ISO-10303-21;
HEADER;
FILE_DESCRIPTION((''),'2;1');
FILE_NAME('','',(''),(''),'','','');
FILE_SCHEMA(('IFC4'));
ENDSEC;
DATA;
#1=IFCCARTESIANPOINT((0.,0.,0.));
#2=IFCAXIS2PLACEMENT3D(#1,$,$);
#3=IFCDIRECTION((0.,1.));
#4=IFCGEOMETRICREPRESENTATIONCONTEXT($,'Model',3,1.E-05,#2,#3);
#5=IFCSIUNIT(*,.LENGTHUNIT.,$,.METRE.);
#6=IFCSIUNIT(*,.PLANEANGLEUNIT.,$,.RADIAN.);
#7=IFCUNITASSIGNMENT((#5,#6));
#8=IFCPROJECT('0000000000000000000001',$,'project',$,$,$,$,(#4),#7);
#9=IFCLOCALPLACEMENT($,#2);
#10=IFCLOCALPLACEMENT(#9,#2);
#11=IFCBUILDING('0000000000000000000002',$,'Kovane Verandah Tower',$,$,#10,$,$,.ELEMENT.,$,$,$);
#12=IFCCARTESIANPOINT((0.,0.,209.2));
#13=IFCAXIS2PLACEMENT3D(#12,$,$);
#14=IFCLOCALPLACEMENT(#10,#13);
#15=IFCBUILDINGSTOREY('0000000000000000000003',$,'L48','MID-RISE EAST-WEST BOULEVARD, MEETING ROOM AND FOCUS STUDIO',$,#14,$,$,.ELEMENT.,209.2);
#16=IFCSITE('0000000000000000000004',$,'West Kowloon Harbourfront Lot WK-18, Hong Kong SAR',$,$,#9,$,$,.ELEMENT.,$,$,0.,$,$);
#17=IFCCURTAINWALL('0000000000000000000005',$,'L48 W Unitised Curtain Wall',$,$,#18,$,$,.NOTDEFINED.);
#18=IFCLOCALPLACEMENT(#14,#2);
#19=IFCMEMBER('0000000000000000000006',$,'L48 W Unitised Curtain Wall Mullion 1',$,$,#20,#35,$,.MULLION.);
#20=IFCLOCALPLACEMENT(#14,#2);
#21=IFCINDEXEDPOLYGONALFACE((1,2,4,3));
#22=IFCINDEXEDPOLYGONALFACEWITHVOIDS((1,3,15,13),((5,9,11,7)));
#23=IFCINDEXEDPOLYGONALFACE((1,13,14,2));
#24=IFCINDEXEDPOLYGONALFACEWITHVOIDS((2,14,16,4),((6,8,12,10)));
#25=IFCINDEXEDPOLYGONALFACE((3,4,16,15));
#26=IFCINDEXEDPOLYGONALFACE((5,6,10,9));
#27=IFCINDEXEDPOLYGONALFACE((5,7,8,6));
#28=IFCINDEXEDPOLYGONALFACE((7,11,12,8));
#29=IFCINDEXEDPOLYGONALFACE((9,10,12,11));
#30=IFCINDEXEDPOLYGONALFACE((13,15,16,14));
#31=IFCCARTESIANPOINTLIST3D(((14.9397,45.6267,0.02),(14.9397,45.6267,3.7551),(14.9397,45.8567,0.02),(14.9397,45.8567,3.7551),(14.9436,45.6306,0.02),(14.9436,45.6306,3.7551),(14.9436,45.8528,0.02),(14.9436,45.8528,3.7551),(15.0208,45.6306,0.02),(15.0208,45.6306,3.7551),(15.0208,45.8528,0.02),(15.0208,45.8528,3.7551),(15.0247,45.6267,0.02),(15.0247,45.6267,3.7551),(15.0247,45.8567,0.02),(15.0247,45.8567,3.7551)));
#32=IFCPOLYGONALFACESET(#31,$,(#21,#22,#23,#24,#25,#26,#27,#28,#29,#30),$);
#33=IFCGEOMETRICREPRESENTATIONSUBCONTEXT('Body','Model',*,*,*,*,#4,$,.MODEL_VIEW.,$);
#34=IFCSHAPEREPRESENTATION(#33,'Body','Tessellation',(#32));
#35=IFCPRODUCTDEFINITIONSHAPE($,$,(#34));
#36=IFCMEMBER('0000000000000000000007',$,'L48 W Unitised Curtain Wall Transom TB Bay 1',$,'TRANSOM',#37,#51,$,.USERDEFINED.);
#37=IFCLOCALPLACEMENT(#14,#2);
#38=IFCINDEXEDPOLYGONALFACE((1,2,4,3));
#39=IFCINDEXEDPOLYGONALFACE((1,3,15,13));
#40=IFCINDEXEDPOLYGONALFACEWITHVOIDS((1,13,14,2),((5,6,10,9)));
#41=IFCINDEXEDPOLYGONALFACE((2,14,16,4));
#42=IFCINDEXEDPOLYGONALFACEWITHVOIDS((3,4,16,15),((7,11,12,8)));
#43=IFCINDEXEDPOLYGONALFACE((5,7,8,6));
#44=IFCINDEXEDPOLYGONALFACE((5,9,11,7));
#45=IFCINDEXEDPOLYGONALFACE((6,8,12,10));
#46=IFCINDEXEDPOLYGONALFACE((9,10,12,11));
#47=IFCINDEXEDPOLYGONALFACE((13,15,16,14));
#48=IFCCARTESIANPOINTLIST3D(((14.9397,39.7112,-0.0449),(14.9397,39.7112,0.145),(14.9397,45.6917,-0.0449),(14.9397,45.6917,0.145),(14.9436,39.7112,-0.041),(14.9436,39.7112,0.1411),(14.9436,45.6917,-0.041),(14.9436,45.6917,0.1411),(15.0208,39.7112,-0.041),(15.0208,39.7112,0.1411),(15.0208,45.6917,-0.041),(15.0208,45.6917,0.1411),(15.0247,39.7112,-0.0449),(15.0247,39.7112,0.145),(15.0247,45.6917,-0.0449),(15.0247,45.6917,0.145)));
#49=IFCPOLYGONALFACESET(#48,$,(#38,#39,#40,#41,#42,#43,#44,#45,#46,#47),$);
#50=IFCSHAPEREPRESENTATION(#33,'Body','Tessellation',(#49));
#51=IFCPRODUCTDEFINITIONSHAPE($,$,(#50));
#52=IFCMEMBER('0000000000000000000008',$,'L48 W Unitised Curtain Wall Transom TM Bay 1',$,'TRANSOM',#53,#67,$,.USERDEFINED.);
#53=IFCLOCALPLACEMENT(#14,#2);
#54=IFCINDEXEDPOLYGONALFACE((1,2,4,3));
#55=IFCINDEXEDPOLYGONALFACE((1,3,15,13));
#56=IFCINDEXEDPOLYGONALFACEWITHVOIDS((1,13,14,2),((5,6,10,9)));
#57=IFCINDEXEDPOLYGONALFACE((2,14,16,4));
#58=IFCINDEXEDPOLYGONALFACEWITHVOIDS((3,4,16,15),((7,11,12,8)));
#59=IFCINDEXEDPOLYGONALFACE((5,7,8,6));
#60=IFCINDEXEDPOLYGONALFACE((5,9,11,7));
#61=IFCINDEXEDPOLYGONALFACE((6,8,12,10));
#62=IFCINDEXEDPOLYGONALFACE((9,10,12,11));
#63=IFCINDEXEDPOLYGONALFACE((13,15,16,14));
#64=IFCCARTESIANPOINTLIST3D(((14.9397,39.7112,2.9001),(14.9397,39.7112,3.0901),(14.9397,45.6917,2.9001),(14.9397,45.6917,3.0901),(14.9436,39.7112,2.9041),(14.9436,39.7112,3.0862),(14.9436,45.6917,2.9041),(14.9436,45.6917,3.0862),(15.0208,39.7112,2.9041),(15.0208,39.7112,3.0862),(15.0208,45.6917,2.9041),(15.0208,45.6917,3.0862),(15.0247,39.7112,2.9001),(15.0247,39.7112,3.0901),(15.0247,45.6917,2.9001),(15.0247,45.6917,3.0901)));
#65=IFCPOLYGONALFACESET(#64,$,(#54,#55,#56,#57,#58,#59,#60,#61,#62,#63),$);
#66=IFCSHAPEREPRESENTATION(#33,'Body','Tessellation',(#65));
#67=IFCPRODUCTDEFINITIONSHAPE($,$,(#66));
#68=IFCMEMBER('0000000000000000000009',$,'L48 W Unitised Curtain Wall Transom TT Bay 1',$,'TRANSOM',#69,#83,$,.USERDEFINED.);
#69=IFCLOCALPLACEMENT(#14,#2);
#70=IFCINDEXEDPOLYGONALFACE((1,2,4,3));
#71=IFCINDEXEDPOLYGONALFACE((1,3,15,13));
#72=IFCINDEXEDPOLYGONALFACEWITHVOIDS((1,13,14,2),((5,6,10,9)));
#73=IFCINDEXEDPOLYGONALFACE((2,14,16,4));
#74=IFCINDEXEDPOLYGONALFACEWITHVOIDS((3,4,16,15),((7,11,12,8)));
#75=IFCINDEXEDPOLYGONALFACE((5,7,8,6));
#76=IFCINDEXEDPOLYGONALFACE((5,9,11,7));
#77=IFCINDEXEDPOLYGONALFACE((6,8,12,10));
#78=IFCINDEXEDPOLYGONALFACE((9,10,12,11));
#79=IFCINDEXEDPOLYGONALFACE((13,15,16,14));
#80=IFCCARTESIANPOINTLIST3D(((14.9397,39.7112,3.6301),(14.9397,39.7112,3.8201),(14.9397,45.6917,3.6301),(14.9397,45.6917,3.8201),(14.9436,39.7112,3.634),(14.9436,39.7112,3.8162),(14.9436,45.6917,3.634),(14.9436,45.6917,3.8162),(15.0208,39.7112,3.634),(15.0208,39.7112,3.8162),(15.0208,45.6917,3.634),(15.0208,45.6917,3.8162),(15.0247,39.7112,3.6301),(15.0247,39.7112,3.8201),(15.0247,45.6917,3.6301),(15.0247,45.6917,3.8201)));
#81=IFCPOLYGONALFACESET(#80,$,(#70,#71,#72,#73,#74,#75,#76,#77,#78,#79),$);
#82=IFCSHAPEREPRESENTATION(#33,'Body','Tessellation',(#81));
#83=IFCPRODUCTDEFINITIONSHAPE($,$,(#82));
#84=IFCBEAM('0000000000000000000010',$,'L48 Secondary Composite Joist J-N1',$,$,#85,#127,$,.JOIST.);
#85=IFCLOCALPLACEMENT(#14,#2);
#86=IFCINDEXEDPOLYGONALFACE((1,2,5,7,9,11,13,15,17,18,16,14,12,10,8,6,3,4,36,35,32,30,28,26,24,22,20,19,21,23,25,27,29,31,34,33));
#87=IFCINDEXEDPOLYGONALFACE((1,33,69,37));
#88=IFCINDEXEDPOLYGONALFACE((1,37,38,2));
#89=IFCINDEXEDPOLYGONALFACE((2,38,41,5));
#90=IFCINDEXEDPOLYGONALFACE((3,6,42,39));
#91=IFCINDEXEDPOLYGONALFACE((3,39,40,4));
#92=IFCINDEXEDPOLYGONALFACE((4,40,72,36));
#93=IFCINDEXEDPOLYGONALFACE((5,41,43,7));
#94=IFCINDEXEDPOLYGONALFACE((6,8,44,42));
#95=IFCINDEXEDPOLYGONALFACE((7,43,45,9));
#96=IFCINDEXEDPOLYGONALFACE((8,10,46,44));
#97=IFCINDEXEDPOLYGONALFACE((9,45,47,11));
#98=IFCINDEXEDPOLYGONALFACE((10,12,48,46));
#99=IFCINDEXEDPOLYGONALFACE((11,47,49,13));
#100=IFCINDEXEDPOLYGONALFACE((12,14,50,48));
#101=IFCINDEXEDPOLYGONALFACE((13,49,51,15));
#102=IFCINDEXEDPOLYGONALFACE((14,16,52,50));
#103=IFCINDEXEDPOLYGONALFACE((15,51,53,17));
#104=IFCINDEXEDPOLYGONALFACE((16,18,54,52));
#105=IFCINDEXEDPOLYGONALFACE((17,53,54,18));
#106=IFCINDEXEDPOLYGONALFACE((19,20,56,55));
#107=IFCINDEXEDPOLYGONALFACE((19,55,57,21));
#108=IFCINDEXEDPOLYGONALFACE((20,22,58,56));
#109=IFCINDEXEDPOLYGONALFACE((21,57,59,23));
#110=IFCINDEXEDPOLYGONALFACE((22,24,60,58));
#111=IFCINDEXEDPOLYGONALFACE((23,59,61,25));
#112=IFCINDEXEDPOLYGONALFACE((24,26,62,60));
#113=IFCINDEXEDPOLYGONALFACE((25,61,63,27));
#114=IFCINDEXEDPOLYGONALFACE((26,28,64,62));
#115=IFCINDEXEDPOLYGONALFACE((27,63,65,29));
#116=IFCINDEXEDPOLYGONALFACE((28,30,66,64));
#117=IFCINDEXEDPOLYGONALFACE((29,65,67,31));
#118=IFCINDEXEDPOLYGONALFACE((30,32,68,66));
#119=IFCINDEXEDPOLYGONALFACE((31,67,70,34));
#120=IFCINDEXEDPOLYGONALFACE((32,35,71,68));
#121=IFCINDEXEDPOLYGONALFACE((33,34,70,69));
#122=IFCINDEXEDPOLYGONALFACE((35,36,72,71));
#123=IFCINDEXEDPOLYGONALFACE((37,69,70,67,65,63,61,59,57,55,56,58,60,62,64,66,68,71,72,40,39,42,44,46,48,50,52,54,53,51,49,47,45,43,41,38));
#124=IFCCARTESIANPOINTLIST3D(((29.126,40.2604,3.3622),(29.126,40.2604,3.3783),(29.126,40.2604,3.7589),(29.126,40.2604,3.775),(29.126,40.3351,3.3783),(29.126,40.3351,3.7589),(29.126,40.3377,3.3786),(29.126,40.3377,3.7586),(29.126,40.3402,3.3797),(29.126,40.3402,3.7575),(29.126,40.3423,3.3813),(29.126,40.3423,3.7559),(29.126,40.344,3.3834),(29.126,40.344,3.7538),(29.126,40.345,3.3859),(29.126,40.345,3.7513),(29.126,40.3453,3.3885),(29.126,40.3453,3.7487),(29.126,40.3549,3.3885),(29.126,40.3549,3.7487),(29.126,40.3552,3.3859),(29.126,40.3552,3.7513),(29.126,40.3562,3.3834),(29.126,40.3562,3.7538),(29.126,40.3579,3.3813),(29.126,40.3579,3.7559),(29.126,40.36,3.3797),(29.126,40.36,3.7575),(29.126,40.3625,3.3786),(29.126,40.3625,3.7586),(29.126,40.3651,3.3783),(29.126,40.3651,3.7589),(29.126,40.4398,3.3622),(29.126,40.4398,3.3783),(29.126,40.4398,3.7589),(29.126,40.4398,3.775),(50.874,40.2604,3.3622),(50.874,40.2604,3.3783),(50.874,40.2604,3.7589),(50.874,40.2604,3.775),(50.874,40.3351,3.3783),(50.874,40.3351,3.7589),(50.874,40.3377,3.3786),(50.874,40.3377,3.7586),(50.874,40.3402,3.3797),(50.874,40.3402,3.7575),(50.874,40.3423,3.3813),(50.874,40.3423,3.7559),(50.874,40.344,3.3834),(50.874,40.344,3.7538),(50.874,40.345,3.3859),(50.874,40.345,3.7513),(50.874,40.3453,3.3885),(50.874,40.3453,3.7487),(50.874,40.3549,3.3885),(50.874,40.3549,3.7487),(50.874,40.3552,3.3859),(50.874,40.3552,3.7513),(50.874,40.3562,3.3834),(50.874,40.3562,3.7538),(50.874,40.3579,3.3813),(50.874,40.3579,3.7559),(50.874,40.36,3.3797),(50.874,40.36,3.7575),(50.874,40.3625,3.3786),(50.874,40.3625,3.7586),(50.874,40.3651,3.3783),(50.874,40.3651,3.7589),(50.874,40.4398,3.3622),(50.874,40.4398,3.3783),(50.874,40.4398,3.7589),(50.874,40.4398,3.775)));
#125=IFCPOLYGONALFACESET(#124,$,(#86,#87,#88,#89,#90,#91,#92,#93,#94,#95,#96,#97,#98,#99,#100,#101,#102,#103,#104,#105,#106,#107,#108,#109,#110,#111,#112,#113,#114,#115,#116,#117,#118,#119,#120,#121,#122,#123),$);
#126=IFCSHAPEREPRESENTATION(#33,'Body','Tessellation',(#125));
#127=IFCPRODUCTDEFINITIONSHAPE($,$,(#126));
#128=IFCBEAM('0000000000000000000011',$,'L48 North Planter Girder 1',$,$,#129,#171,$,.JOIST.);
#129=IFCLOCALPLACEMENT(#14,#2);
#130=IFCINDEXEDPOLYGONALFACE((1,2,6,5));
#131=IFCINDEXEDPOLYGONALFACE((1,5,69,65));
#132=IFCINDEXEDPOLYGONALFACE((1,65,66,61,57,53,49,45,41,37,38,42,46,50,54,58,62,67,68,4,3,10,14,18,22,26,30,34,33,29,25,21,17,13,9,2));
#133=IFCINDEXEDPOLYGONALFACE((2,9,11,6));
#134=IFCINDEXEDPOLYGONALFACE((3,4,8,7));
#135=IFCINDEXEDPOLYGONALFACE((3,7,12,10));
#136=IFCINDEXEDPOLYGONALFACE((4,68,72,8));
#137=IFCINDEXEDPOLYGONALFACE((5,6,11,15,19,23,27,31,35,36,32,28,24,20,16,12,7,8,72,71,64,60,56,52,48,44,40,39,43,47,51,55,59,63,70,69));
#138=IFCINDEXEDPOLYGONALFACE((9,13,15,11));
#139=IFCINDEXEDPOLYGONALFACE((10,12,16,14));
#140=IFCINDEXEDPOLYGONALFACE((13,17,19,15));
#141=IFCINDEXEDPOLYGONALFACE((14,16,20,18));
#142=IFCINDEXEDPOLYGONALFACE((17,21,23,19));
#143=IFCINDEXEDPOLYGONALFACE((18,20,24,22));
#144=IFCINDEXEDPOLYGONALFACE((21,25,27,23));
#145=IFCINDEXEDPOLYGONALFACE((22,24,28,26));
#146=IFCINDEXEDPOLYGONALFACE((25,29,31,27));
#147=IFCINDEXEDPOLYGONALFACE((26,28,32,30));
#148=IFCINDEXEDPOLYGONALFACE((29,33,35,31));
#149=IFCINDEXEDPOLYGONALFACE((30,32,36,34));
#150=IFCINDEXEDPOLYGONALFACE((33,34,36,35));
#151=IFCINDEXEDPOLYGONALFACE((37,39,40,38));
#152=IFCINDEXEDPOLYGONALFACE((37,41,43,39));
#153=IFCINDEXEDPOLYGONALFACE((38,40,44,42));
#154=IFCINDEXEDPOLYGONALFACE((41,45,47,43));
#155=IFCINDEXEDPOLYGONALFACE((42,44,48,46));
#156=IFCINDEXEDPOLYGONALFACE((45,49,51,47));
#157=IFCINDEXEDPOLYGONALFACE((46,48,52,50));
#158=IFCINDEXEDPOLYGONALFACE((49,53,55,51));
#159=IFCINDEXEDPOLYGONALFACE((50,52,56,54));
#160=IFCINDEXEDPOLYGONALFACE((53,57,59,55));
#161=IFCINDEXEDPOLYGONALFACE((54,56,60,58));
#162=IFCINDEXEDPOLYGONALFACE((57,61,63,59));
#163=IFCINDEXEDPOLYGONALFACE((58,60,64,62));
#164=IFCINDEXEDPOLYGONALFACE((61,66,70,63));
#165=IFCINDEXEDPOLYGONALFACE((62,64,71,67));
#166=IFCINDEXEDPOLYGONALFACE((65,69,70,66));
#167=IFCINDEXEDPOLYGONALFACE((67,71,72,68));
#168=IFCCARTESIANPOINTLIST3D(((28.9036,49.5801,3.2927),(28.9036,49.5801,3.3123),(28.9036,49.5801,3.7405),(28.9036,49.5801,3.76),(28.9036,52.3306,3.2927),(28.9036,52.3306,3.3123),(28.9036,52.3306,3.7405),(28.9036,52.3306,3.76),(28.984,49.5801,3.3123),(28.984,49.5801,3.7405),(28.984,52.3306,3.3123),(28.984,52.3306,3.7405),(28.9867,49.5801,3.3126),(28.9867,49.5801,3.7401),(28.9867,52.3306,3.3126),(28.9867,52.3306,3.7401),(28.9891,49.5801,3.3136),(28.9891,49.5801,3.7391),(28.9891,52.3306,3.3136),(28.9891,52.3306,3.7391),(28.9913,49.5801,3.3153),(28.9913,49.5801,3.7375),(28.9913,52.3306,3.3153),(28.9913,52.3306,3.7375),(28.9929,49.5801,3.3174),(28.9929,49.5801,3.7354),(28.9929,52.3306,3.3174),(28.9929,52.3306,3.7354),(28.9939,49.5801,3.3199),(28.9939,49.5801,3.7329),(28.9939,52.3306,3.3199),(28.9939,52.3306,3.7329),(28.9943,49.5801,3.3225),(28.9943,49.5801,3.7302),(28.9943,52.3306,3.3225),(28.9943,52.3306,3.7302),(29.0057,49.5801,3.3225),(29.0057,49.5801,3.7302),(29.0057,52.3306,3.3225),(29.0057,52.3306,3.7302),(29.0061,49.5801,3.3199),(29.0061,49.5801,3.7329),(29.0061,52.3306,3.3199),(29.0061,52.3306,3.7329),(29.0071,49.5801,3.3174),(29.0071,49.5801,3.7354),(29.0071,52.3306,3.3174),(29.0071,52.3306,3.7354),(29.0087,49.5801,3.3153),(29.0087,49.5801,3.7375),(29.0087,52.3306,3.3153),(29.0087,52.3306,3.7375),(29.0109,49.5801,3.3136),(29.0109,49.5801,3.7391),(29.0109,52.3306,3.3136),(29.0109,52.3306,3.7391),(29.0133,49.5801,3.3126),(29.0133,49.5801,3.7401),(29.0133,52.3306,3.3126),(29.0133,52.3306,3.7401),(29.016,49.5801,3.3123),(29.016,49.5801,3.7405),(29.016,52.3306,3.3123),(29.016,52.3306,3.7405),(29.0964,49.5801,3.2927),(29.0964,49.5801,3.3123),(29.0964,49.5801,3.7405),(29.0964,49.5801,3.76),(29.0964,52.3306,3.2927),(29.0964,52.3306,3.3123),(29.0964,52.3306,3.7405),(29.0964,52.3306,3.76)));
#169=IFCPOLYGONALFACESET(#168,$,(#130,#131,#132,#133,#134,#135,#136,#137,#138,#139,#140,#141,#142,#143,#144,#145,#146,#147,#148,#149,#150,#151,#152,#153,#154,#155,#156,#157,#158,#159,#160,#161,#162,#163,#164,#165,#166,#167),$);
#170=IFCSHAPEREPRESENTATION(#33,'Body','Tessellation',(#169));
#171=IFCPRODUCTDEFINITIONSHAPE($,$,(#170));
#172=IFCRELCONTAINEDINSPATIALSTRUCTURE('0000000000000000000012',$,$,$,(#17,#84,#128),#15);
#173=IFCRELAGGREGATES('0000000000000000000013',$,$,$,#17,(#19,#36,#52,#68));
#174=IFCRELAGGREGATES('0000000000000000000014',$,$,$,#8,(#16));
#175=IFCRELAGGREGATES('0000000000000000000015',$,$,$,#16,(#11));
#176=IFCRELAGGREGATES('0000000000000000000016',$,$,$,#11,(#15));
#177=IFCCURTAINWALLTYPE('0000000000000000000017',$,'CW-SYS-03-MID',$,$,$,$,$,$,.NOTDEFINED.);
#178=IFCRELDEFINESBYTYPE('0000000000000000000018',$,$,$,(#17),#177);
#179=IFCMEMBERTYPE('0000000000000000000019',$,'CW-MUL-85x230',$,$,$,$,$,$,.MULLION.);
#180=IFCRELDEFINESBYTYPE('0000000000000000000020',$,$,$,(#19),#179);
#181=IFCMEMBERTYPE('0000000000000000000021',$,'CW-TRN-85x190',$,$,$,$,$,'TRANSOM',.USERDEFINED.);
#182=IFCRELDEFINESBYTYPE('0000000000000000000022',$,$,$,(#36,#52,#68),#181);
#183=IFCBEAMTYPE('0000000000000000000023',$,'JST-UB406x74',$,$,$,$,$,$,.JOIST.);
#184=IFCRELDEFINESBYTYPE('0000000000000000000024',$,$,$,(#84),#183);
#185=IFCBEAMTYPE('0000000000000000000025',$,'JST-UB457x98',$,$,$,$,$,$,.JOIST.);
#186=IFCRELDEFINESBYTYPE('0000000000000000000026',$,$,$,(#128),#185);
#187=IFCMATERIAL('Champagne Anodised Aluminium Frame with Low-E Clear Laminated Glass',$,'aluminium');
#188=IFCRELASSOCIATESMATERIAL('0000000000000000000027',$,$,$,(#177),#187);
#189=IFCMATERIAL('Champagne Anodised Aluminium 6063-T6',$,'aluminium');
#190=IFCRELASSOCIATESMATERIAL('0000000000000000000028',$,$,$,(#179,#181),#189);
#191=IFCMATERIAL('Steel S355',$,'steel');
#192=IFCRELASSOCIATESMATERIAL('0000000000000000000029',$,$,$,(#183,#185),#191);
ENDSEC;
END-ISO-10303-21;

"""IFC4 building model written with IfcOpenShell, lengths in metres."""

from ifc_helpers import new_model, si_unit, direction, frame, origin, origin_2d, place, context, subcontext, project, spatial, hollow_rectangle, i_section, extrude, material, material_profile, profile_set, type_object, element, aggregate, save


model = new_model("IFC4")

# Units and contexts
model_context = context("Model", 3, precision=1e-05, world=origin(), true_north=direction((0.0, 1.0)))
body_context = subcontext(model_context, "Body", "Model", "MODEL_VIEW")
ifc_project = project(units=[si_unit("LENGTHUNIT", "METRE"), si_unit("PLANEANGLEUNIT", "RADIAN")], contexts=[model_context])

# Site, building, storey
site_placement = place(None, origin())
site = spatial("IfcSite", under=ifc_project, at=site_placement, Name="West Kowloon Harbourfront Lot WK-18, Hong Kong SAR", CompositionType="ELEMENT", RefElevation=0.0)
building_placement = place(site_placement, origin())
building = spatial("IfcBuilding", under=site, at=building_placement, Name="Kovane Verandah Tower", CompositionType="ELEMENT")
storey_placement = place(building_placement, frame((0.0, 0.0, 209.2)))
storey = spatial("IfcBuildingStorey", under=building, at=storey_placement, Name="L48", Description="MID-RISE EAST-WEST BOULEVARD, MEETING ROOM AND FOCUS STUDIO", CompositionType="ELEMENT", Elevation=209.2)

# Shared definitions
ifc_material_1 = material(Name="Steel S355", Category="steel")

# Curtain wall, members
ifc_material_2 = material(Name="Champagne Anodised Aluminium Frame with Low-E Clear Laminated Glass", Category="aluminium")
curtain_wall_type = type_object("IfcCurtainWallType", Name="CW-SYS-03-MID", PredefinedType="NOTDEFINED", material=ifc_material_2)
curtain_wall_placement = place(storey_placement, origin())
curtain_wall = element("IfcCurtainWall", 1, at=curtain_wall_placement, inside=storey, type_object=curtain_wall_type, Name="L48 W Unitised Curtain Wall", PredefinedType="NOTDEFINED")
ifc_material_3 = material(Name="Champagne Anodised Aluminium 6063-T6", Category="aluminium")
ifc_material_profile_1 = material_profile(ifc_material_3, hollow_rectangle(XDim=0.085, YDim=0.23, WallThickness=0.0039, at=origin_2d()), Name="AL85x230x4")
ifc_profile_set_1 = profile_set([ifc_material_profile_1], Name="Champagne Anodised Aluminium 6063-T6")
member_type_1 = type_object("IfcMemberType", Name="CW-MUL-85x230", PredefinedType="MULLION", material=ifc_profile_set_1)
member_1_placement = place(storey_placement, frame((14.9822, 45.7417, 0.02), z_axis=(0.0, 0.0, 1.0), x_axis=(-1.0, 0.0, 0.0)))
member_1 = element("IfcMember", 2, at=member_1_placement, type_object=member_type_1, Name="L48 W Unitised Curtain Wall Mullion 1", PredefinedType="MULLION", context=body_context, shape_type="SweptSolid", body=[
    extrude(hollow_rectangle(XDim=0.085, YDim=0.23, WallThickness=0.0039, at=origin_2d()), origin(), (0.0, 0.0, 1.0), 3.7351),
])
ifc_material_profile_2 = material_profile(ifc_material_3, hollow_rectangle(XDim=0.085, YDim=0.1899, WallThickness=0.0039, at=origin_2d()), Name="AL85x190x4")
ifc_profile_set_2 = profile_set([ifc_material_profile_2], Name="Champagne Anodised Aluminium 6063-T6")
member_type_2 = type_object("IfcMemberType", Name="CW-TRN-85x190", ElementType="TRANSOM", PredefinedType="USERDEFINED", material=ifc_profile_set_2)
member_2_placement = place(storey_placement, frame((14.9822, 45.6917, 0.05), z_axis=(0.0, -1.0, 0.0), x_axis=(1.0, 0.0, 0.0)))
member_2 = element("IfcMember", 3, at=member_2_placement, type_object=member_type_2, Name="L48 W Unitised Curtain Wall Transom TB Bay 1", ObjectType="TRANSOM", PredefinedType="USERDEFINED", context=body_context, shape_type="SweptSolid", body=[
    extrude(hollow_rectangle(XDim=0.085, YDim=0.1899, WallThickness=0.0039, at=origin_2d()), origin(), (0.0, 0.0, 1.0), 5.9805),
])
member_3_placement = place(storey_placement, frame((14.9822, 45.6917, 2.9951), z_axis=(0.0, -1.0, 0.0), x_axis=(1.0, 0.0, 0.0)))
member_3 = element("IfcMember", 4, at=member_3_placement, type_object=member_type_2, Name="L48 W Unitised Curtain Wall Transom TM Bay 1", ObjectType="TRANSOM", PredefinedType="USERDEFINED", context=body_context, shape_type="SweptSolid", body=[
    extrude(hollow_rectangle(XDim=0.085, YDim=0.1899, WallThickness=0.0039, at=origin_2d()), origin(), (0.0, 0.0, 1.0), 5.9805),
])
member_4_placement = place(storey_placement, frame((14.9822, 45.6917, 3.7251), z_axis=(0.0, -1.0, 0.0), x_axis=(1.0, 0.0, 0.0)))
member_4 = element("IfcMember", 5, at=member_4_placement, type_object=member_type_2, Name="L48 W Unitised Curtain Wall Transom TT Bay 1", ObjectType="TRANSOM", PredefinedType="USERDEFINED", context=body_context, shape_type="SweptSolid", body=[
    extrude(hollow_rectangle(XDim=0.085, YDim=0.1899, WallThickness=0.0039, at=origin_2d()), origin(), (0.0, 0.0, 1.0), 5.9805),
])

# Beams
ifc_material_profile_3 = material_profile(ifc_material_1, i_section(OverallWidth=0.1794, OverallDepth=0.4128, WebThickness=0.0095, FlangeThickness=0.0161, FilletRadius=0.0103, at=origin_2d()), Name="UB406x178x74")
ifc_profile_set_3 = profile_set([ifc_material_profile_3], Name="Steel S355")
beam_type_1 = type_object("IfcBeamType", Name="JST-UB406x74", PredefinedType="JOIST", material=ifc_profile_set_3)
beam_1_placement = place(storey_placement, frame((29.126, 40.3501, 3.5686), z_axis=(1.0, 0.0, 0.0), x_axis=(0.0, 1.0, 0.0)))
element("IfcBeam", 6, at=beam_1_placement, inside=storey, type_object=beam_type_1, Name="L48 Secondary Composite Joist J-N1", PredefinedType="JOIST", context=body_context, shape_type="SweptSolid", body=[
    extrude(i_section(OverallWidth=0.1794, OverallDepth=0.4128, WebThickness=0.0095, FlangeThickness=0.0161, FilletRadius=0.0103, at=origin_2d()), origin(), (0.0, 0.0, 1.0), 21.748),
])
ifc_material_profile_4 = material_profile(ifc_material_1, i_section(OverallWidth=0.1929, OverallDepth=0.4673, WebThickness=0.0115, FlangeThickness=0.0195, FilletRadius=0.0103, at=origin_2d()), Name="UB457x191x98")
ifc_profile_set_4 = profile_set([ifc_material_profile_4], Name="Steel S355")
beam_type_2 = type_object("IfcBeamType", Name="JST-UB457x98", PredefinedType="JOIST", material=ifc_profile_set_4)
beam_2_placement = place(storey_placement, frame((29.0, 49.5801, 3.5264), z_axis=(0.0, 1.0, 0.0), x_axis=(-1.0, 0.0, 0.0)))
element("IfcBeam", 7, at=beam_2_placement, inside=storey, type_object=beam_type_2, Name="L48 North Planter Girder 1", PredefinedType="JOIST", context=body_context, shape_type="SweptSolid", body=[
    extrude(i_section(OverallWidth=0.1929, OverallDepth=0.4673, WebThickness=0.0115, FlangeThickness=0.0195, FilletRadius=0.0103, at=origin_2d()), origin(), (0.0, 0.0, 1.0), 2.7505),
])

aggregate(curtain_wall, [member_1, member_2, member_3, member_4])

save(model, "model.ifc")
